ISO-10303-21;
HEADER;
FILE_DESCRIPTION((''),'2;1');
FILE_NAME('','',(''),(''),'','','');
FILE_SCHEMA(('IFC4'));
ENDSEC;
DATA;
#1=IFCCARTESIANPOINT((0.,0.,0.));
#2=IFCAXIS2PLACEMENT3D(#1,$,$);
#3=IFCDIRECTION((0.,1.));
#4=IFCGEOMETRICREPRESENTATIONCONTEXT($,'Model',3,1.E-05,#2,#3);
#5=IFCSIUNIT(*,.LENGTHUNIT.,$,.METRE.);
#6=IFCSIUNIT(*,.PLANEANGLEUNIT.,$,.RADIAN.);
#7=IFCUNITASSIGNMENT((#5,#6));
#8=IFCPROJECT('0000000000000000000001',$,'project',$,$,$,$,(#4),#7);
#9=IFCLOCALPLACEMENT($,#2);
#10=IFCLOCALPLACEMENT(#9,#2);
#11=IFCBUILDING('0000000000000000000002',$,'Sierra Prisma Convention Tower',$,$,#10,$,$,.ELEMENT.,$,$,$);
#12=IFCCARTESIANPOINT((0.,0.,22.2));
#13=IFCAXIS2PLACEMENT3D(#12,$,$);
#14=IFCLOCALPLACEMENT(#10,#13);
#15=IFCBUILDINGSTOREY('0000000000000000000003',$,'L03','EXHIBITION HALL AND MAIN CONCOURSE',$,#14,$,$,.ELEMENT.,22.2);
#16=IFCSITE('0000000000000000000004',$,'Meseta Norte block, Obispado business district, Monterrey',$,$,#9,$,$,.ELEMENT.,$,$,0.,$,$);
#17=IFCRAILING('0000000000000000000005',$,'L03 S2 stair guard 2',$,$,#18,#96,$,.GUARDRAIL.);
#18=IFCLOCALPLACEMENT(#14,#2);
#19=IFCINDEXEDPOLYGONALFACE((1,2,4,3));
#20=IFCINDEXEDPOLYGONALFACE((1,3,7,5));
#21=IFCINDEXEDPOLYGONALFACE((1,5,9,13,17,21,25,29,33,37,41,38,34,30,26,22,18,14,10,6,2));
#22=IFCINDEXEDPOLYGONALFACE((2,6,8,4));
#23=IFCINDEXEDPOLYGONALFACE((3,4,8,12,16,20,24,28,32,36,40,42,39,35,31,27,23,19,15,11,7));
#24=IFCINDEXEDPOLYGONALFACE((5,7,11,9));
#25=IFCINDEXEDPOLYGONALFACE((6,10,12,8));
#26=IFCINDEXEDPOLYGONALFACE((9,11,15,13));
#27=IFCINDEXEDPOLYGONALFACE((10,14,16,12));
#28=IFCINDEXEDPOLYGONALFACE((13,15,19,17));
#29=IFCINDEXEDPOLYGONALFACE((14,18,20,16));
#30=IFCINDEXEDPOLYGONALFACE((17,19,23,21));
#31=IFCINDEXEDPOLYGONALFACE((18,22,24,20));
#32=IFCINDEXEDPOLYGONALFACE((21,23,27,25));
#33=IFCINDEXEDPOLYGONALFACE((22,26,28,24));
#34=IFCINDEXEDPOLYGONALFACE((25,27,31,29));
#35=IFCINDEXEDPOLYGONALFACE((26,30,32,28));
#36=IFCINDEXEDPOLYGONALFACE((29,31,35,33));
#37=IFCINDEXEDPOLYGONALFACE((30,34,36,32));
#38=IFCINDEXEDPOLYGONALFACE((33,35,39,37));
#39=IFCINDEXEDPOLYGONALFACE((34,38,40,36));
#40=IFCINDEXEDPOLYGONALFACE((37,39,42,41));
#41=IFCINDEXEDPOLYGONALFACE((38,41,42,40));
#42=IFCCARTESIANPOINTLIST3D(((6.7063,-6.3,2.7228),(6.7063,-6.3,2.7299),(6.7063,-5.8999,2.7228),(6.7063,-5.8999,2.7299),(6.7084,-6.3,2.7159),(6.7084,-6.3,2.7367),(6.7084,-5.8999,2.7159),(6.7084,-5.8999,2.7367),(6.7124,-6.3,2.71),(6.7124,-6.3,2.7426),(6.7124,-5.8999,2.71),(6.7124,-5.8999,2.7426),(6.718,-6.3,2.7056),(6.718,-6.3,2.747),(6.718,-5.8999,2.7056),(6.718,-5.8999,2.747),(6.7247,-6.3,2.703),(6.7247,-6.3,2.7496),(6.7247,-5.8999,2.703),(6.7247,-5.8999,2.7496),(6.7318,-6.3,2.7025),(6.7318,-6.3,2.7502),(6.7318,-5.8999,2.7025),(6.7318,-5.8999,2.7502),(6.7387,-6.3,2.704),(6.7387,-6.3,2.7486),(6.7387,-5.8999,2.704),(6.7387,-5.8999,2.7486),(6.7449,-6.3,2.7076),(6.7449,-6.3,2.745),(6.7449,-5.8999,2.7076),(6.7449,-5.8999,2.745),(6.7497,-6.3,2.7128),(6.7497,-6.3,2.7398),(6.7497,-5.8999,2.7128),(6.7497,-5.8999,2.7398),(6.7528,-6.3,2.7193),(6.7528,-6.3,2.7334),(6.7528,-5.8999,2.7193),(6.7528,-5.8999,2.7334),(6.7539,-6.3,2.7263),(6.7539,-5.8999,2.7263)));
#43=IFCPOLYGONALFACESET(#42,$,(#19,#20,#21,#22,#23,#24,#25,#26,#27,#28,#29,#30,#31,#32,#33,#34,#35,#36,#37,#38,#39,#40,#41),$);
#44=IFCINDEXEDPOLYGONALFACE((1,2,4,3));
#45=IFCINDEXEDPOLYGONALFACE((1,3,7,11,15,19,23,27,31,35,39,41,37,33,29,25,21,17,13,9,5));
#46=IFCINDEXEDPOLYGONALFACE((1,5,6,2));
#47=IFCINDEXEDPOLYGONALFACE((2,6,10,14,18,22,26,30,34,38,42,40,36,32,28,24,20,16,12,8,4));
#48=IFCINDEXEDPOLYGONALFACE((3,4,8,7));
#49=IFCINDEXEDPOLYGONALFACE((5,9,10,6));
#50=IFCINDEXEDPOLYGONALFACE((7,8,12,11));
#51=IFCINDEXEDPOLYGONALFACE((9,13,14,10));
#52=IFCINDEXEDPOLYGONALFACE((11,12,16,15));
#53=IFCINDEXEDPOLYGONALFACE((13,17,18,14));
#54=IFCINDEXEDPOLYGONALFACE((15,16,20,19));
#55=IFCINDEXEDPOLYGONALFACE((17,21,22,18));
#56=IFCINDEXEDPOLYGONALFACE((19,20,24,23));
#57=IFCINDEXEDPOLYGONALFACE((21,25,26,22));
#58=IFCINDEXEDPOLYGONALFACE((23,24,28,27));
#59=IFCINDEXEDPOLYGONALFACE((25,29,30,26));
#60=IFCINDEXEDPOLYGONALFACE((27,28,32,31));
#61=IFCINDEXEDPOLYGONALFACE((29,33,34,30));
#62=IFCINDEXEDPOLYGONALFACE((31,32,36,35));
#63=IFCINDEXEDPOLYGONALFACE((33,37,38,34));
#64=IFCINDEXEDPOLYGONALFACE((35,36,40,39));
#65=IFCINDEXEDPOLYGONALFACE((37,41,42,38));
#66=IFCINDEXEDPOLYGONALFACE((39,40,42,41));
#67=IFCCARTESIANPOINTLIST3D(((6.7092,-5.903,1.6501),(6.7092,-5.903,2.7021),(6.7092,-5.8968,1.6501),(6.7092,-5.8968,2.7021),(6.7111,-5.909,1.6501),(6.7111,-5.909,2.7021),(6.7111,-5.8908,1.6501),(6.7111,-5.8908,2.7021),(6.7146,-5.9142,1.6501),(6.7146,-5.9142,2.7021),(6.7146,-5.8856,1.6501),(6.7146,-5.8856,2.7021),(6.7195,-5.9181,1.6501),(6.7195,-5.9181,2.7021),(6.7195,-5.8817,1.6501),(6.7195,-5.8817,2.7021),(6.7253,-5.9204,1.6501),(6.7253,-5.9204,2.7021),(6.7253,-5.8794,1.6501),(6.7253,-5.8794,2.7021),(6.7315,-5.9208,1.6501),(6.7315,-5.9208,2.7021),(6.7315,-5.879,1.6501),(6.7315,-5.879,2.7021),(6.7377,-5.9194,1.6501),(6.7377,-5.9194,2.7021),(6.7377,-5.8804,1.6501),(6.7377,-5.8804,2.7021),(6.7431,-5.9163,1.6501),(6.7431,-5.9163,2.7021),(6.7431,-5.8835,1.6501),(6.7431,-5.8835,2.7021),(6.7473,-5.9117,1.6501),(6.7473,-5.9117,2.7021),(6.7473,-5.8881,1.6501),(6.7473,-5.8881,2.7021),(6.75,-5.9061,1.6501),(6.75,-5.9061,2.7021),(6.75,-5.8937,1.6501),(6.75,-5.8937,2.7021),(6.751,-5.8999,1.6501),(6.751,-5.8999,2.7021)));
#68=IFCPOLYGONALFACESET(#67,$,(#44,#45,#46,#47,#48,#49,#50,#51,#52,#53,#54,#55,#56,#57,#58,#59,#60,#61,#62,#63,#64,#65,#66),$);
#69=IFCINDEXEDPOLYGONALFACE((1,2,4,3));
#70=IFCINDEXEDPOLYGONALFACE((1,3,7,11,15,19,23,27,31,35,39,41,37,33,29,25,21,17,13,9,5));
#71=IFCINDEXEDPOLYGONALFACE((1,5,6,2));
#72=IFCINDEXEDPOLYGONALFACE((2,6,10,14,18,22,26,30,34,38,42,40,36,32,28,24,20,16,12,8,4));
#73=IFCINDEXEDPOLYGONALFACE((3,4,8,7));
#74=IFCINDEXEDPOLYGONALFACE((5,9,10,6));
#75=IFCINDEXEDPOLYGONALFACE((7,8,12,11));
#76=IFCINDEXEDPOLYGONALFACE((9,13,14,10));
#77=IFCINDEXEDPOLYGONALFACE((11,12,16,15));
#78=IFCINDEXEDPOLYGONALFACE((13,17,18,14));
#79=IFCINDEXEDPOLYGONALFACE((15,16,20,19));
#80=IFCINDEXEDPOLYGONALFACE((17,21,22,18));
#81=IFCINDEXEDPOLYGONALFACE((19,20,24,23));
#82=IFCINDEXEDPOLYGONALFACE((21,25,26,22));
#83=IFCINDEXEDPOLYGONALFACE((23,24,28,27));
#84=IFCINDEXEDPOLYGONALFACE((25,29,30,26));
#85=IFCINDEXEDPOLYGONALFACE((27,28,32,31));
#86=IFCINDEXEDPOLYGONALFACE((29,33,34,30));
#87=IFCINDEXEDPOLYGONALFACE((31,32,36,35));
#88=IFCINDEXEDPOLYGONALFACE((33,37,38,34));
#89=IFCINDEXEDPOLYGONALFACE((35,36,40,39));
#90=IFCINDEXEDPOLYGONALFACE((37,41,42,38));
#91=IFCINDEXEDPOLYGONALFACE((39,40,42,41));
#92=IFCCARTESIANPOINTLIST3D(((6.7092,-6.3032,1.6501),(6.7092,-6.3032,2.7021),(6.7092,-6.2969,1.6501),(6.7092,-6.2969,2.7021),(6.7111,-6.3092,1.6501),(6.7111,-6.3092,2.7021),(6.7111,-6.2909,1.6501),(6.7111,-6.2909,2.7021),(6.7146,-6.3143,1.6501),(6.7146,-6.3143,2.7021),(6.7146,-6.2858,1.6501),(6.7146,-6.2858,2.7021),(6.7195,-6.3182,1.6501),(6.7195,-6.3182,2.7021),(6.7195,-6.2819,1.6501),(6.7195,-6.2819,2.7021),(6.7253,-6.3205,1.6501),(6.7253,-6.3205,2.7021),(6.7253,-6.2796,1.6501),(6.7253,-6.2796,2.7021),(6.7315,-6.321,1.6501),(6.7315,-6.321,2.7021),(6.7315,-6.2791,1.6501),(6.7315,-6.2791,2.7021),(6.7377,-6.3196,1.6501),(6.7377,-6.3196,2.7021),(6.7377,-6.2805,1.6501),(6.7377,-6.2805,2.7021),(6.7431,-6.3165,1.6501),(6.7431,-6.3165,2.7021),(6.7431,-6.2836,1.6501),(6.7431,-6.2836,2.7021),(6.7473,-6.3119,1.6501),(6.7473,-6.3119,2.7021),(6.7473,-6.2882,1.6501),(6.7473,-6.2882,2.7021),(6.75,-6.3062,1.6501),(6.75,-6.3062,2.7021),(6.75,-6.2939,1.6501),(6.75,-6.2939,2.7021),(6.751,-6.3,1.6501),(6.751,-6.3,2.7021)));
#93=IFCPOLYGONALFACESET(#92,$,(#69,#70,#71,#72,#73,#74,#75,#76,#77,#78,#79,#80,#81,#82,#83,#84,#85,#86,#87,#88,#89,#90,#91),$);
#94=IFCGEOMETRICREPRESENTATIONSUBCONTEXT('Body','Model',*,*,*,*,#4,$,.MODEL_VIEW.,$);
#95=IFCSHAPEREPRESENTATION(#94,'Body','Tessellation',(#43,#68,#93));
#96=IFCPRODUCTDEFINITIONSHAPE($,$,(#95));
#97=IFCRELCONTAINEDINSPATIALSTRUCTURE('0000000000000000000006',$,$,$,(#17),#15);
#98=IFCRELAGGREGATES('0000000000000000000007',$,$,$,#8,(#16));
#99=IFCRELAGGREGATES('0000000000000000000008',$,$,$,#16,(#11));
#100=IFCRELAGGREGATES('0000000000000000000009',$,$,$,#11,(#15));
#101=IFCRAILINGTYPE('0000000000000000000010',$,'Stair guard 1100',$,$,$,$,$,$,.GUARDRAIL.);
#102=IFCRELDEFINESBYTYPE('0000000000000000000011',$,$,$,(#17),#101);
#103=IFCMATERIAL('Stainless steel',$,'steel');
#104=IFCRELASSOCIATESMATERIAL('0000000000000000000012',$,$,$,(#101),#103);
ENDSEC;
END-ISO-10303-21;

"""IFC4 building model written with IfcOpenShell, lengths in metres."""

from ifc_helpers import new_model, si_unit, direction, frame, origin, origin_2d, place, context, subcontext, project, spatial, circle, extrude, material, type_object, element, save


model = new_model("IFC4")

# Units and contexts
model_context = context("Model", 3, precision=1e-05, world=origin(), true_north=direction((0.0, 1.0)))
body_context = subcontext(model_context, "Body", "Model", "MODEL_VIEW")
ifc_project = project(units=[si_unit("LENGTHUNIT", "METRE"), si_unit("PLANEANGLEUNIT", "RADIAN")], contexts=[model_context])

# Site, building, storey
site_placement = place(None, origin())
site = spatial("IfcSite", under=ifc_project, at=site_placement, Name="Meseta Norte block, Obispado business district, Monterrey", CompositionType="ELEMENT", RefElevation=0.0)
building_placement = place(site_placement, origin())
building = spatial("IfcBuilding", under=site, at=building_placement, Name="Sierra Prisma Convention Tower", CompositionType="ELEMENT")
storey_placement = place(building_placement, frame((0.0, 0.0, 22.2)))
storey = spatial("IfcBuildingStorey", under=building, at=storey_placement, Name="L03", Description="EXHIBITION HALL AND MAIN CONCOURSE", CompositionType="ELEMENT", Elevation=22.2)

# Railing
ifc_material_1 = material(Name="Stainless steel", Category="steel")
railing_type_1 = type_object("IfcRailingType", Name="Stair guard 1100", PredefinedType="GUARDRAIL", material=ifc_material_1)
railing_1_placement = place(storey_placement, frame((6.73, -5.8999, 1.6501)))
element("IfcRailing", 1, at=railing_1_placement, inside=storey, type_object=railing_type_1, Name="L03 S2 stair guard 2", PredefinedType="GUARDRAIL", context=body_context, shape_type="SweptSolid", body=[
    extrude(circle(Radius=0.0239, at=origin_2d()), frame((0.0, 0.0, 1.0762), z_axis=(0.0, -1.0, 0.0), x_axis=(1.0, 0.0, 0.0)), (0.0, 0.0, 1.0), 0.4001),
    extrude(circle(Radius=0.021, at=origin_2d()), origin(), (0.0, 0.0, 1.0), 1.052),
    extrude(circle(Radius=0.021, at=origin_2d()), frame((0.0, -0.4001, 0.0)), (0.0, 0.0, 1.0), 1.052),
])

save(model, "model.ifc")
